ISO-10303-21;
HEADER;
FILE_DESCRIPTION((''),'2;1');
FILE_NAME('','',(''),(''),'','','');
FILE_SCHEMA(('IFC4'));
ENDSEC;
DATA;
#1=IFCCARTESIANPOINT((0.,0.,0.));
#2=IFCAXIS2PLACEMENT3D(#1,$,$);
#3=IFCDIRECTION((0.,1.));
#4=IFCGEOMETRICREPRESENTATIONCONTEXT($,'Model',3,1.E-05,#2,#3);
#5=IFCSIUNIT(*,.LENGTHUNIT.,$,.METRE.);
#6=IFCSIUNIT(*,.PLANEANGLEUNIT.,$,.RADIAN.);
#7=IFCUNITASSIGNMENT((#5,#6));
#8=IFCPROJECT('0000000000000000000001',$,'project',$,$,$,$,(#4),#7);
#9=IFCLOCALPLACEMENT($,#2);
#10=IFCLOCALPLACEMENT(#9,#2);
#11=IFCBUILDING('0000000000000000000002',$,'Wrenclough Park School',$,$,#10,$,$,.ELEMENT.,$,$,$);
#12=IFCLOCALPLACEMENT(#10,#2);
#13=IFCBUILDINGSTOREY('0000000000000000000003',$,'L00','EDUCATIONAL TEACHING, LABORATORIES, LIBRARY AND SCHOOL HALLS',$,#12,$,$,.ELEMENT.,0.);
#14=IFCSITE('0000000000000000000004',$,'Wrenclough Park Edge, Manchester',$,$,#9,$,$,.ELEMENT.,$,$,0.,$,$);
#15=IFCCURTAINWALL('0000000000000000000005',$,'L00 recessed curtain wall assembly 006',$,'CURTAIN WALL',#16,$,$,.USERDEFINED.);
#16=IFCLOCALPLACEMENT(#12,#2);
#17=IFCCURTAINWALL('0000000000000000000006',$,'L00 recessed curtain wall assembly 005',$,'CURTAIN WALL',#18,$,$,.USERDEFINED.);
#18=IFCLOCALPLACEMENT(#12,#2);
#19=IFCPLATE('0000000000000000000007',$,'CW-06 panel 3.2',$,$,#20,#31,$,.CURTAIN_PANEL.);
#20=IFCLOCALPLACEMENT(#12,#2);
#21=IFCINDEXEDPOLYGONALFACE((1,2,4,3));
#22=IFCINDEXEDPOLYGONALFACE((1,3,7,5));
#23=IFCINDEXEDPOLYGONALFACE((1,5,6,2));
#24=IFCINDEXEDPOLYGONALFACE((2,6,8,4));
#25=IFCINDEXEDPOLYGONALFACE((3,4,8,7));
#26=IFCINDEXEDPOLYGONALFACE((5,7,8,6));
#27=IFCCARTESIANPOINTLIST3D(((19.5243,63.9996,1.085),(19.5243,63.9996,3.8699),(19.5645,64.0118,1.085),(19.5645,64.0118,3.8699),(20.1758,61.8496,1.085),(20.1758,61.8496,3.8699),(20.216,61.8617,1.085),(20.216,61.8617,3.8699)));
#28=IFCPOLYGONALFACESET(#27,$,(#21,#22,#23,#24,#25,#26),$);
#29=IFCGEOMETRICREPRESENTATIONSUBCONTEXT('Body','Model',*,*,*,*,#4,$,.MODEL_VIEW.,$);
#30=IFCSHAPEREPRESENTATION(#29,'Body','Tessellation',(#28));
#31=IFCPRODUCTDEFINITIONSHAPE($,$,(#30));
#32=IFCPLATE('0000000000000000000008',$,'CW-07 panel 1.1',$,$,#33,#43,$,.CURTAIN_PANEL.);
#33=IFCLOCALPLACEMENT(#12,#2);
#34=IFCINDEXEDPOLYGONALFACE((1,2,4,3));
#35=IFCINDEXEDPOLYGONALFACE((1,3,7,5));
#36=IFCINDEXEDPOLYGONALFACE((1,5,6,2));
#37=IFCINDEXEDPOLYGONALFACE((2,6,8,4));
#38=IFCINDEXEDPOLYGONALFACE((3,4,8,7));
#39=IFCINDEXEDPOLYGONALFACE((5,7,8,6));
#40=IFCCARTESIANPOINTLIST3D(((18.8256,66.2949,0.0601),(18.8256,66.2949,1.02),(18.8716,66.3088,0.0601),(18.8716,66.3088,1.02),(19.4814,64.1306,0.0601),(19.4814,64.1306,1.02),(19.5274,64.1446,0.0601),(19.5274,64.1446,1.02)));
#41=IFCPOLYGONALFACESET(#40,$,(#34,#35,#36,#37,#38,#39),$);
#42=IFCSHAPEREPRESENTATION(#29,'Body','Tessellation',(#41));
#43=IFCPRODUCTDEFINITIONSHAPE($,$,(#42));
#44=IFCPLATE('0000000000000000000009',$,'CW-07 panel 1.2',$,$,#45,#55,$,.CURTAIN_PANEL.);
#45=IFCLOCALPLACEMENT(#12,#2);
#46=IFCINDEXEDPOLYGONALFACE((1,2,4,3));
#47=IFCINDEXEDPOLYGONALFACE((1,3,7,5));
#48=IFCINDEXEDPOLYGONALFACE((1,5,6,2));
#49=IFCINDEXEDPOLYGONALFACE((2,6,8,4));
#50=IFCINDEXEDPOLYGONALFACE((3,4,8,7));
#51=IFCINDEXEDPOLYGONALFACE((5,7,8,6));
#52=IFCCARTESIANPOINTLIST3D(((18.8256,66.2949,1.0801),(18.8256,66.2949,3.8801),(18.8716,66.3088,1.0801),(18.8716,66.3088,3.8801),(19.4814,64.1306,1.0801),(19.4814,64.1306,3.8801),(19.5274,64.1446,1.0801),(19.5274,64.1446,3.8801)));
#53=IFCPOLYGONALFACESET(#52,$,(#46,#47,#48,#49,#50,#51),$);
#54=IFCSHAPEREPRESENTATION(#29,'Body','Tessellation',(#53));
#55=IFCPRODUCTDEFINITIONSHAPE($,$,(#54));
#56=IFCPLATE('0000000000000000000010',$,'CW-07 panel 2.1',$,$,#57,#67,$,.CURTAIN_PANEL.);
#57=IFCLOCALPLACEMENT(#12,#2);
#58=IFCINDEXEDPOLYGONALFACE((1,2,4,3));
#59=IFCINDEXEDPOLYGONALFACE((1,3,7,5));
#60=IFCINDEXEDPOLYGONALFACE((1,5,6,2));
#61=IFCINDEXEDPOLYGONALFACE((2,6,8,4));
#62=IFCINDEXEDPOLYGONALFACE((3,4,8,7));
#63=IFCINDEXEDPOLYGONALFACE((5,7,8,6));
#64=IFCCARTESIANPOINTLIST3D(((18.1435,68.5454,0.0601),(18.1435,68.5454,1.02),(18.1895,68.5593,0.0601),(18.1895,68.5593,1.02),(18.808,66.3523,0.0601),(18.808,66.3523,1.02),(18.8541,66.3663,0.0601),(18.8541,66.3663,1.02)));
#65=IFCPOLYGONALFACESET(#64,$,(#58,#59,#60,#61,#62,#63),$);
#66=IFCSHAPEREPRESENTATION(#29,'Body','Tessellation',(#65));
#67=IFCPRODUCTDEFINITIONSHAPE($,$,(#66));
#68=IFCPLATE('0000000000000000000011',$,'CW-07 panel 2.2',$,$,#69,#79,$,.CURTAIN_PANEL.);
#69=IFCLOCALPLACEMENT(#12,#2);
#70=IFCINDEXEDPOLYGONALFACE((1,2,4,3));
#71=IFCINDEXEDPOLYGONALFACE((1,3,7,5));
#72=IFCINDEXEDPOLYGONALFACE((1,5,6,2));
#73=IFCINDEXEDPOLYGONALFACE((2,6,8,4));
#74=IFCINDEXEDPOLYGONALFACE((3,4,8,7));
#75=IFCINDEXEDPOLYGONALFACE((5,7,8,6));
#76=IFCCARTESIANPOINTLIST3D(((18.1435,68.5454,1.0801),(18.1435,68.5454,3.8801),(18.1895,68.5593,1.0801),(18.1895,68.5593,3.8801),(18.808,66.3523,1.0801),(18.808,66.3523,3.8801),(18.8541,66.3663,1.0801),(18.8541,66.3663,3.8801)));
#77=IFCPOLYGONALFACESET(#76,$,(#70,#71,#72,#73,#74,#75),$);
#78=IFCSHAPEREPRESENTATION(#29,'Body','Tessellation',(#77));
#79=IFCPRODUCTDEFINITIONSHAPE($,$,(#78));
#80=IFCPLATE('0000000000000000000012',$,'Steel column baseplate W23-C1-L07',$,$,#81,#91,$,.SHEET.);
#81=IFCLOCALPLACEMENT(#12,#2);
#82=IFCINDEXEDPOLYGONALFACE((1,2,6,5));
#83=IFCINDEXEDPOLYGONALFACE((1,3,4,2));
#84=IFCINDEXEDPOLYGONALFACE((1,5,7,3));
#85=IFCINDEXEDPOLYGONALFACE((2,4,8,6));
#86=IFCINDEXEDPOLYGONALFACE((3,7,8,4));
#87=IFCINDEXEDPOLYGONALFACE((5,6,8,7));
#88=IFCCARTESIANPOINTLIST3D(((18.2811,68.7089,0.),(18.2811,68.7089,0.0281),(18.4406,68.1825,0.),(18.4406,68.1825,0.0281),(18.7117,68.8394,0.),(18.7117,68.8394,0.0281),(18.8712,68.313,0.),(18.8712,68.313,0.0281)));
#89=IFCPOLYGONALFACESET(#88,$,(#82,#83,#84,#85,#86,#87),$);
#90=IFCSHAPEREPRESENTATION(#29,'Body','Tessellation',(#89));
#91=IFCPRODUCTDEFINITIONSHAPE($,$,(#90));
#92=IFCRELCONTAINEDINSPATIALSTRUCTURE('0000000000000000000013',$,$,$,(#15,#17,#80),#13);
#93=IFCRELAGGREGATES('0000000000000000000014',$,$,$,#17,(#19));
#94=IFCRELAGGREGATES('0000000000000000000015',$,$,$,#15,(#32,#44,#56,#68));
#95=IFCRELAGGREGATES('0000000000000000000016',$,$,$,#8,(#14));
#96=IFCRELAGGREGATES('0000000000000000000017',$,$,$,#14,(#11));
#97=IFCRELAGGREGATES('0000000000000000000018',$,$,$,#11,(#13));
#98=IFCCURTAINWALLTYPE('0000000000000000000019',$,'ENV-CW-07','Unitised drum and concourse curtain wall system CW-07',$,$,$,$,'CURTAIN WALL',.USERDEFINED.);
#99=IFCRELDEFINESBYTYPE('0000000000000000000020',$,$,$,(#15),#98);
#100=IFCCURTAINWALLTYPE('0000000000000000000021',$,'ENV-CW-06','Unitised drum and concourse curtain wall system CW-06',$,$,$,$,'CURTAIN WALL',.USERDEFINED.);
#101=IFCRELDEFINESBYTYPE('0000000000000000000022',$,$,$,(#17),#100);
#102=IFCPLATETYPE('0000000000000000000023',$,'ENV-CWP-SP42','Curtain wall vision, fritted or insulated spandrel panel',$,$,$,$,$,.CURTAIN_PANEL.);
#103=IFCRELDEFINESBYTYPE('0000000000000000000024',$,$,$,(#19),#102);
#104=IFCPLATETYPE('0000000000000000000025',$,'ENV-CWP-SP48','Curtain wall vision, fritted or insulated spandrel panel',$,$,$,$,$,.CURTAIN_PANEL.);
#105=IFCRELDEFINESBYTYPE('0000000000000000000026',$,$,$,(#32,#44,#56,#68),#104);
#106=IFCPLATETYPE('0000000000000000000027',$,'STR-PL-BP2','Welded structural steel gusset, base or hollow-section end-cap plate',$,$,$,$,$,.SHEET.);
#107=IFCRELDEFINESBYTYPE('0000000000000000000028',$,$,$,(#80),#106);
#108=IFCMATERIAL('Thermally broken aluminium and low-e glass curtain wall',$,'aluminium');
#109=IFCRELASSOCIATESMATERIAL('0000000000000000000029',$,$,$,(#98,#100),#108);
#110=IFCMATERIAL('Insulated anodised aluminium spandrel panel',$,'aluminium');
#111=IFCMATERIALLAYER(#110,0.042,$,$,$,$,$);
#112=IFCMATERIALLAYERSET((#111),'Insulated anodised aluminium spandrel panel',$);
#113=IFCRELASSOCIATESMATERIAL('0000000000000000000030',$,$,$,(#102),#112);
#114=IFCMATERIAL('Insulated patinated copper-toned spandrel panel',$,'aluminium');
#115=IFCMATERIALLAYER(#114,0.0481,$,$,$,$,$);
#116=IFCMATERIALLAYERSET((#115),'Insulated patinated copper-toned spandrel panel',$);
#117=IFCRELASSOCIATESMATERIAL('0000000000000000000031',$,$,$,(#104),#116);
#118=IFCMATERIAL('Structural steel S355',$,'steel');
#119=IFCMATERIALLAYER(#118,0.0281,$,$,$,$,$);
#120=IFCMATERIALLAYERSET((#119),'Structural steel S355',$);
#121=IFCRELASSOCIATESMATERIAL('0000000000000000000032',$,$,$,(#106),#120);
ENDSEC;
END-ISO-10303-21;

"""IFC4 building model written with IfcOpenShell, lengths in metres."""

from ifc_helpers import new_model, si_unit, direction, frame, origin, origin_2d, place, context, subcontext, project, spatial, rectangle, extrude, material, layer, layer_set, type_object, element, aggregate, save


model = new_model("IFC4")

# Units and contexts
model_context = context("Model", 3, precision=1e-05, world=origin(), true_north=direction((0.0, 1.0)))
body_context = subcontext(model_context, "Body", "Model", "MODEL_VIEW")
ifc_project = project(units=[si_unit("LENGTHUNIT", "METRE"), si_unit("PLANEANGLEUNIT", "RADIAN")], contexts=[model_context])

# Site, building, storey
site_placement = place(None, origin())
site = spatial("IfcSite", under=ifc_project, at=site_placement, Name="Wrenclough Park Edge, Manchester", CompositionType="ELEMENT", RefElevation=0.0)
building_placement = place(site_placement, origin())
building = spatial("IfcBuilding", under=site, at=building_placement, Name="Wrenclough Park School", CompositionType="ELEMENT")
storey_placement = place(building_placement, origin())
storey = spatial("IfcBuildingStorey", under=building, at=storey_placement, Name="L00", Description="EDUCATIONAL TEACHING, LABORATORIES, LIBRARY AND SCHOOL HALLS", CompositionType="ELEMENT", Elevation=0.0)

# Shared definitions
ifc_material_1 = material(Name="Structural steel S355", Category="steel")

# Curtain walls
ifc_material_2 = material(Name="Thermally broken aluminium and low-e glass curtain wall", Category="aluminium")
curtain_wall_type_1 = type_object("IfcCurtainWallType", Name="ENV-CW-07", Description="Unitised drum and concourse curtain wall system CW-07", ElementType="CURTAIN WALL", PredefinedType="USERDEFINED", material=ifc_material_2)
curtain_wall_1_placement = place(storey_placement, origin())
curtain_wall_1 = element("IfcCurtainWall", 1, at=curtain_wall_1_placement, inside=storey, type_object=curtain_wall_type_1, Name="L00 recessed curtain wall assembly 006", ObjectType="CURTAIN WALL", PredefinedType="USERDEFINED")
curtain_wall_type_2 = type_object("IfcCurtainWallType", Name="ENV-CW-06", Description="Unitised drum and concourse curtain wall system CW-06", ElementType="CURTAIN WALL", PredefinedType="USERDEFINED", material=ifc_material_2)
curtain_wall_2_placement = place(storey_placement, origin())
curtain_wall_2 = element("IfcCurtainWall", 2, at=curtain_wall_2_placement, inside=storey, type_object=curtain_wall_type_2, Name="L00 recessed curtain wall assembly 005", ObjectType="CURTAIN WALL", PredefinedType="USERDEFINED")

# Plates
ifc_material_3 = material(Name="Insulated anodised aluminium spandrel panel", Category="aluminium")
ifc_layer_1 = layer(ifc_material_3, 0.042)
ifc_layer_set_1 = layer_set([ifc_layer_1], Name="Insulated anodised aluminium spandrel panel")
plate_type_1 = type_object("IfcPlateType", Name="ENV-CWP-SP42", Description="Curtain wall vision, fritted or insulated spandrel panel", PredefinedType="CURTAIN_PANEL", material=ifc_layer_set_1)
plate_1_placement = place(storey_placement, frame((19.8701, 62.9307, 1.085), z_axis=(0.0, 0.0, 1.0), x_axis=(-0.289988, 0.95703, 0.0)))
plate_1 = element("IfcPlate", 3, at=plate_1_placement, type_object=plate_type_1, Name="CW-06 panel 3.2", PredefinedType="CURTAIN_PANEL", context=body_context, shape_type="SweptSolid", body=[
    extrude(rectangle(XDim=2.2466, YDim=0.042, at=origin_2d()), origin(), (0.0, 0.0, 1.0), 2.7849),
])
aggregate(curtain_wall_2, [plate_1])
ifc_material_4 = material(Name="Insulated patinated copper-toned spandrel panel", Category="aluminium")
ifc_layer_2 = layer(ifc_material_4, 0.0481)
ifc_layer_set_2 = layer_set([ifc_layer_2], Name="Insulated patinated copper-toned spandrel panel")
plate_type_2 = type_object("IfcPlateType", Name="ENV-CWP-SP48", Description="Curtain wall vision, fritted or insulated spandrel panel", PredefinedType="CURTAIN_PANEL", material=ifc_layer_set_2)
plate_2_placement = place(storey_placement, frame((19.1765, 65.2197, 0.0601), z_axis=(0.0, 0.0, 1.0), x_axis=(-0.290001, 0.957026, 0.0)))
plate_2 = element("IfcPlate", 4, at=plate_2_placement, type_object=plate_type_2, Name="CW-07 panel 1.1", PredefinedType="CURTAIN_PANEL", context=body_context, shape_type="SweptSolid", body=[
    extrude(rectangle(XDim=2.2615, YDim=0.0481, at=origin_2d()), origin(), (0.0, 0.0, 1.0), 0.96),
])
plate_3_placement = place(storey_placement, frame((19.1765, 65.2197, 1.0801), z_axis=(0.0, 0.0, 1.0), x_axis=(-0.290001, 0.957026, 0.0)))
plate_3 = element("IfcPlate", 5, at=plate_3_placement, type_object=plate_type_2, Name="CW-07 panel 1.2", PredefinedType="CURTAIN_PANEL", context=body_context, shape_type="SweptSolid", body=[
    extrude(rectangle(XDim=2.2615, YDim=0.0481, at=origin_2d()), origin(), (0.0, 0.0, 1.0), 2.8),
])
plate_4_placement = place(storey_placement, frame((18.4988, 67.4558, 0.0601), z_axis=(0.0, 0.0, 1.0), x_axis=(-0.290001, 0.957026, 0.0)))
plate_4 = element("IfcPlate", 6, at=plate_4_placement, type_object=plate_type_2, Name="CW-07 panel 2.1", PredefinedType="CURTAIN_PANEL", context=body_context, shape_type="SweptSolid", body=[
    extrude(rectangle(XDim=2.2915, YDim=0.0481, at=origin_2d()), origin(), (0.0, 0.0, 1.0), 0.96),
])
plate_5_placement = place(storey_placement, frame((18.4988, 67.4558, 1.0801), z_axis=(0.0, 0.0, 1.0), x_axis=(-0.290001, 0.957026, 0.0)))
plate_5 = element("IfcPlate", 7, at=plate_5_placement, type_object=plate_type_2, Name="CW-07 panel 2.2", PredefinedType="CURTAIN_PANEL", context=body_context, shape_type="SweptSolid", body=[
    extrude(rectangle(XDim=2.2915, YDim=0.0481, at=origin_2d()), origin(), (0.0, 0.0, 1.0), 2.8),
])
aggregate(curtain_wall_1, [plate_2, plate_3, plate_4, plate_5])
ifc_layer_3 = layer(ifc_material_1, 0.0281)
ifc_layer_set_3 = layer_set([ifc_layer_3], Name="Structural steel S355")
plate_type_3 = type_object("IfcPlateType", Name="STR-PL-BP2", Description="Welded structural steel gusset, base or hollow-section end-cap plate", PredefinedType="SHEET", material=ifc_layer_set_3)
plate_6_placement = place(storey_placement, frame((18.5762, 68.511, 0.0), z_axis=(0.0, 0.0, 1.0), x_axis=(-0.290034, 0.957016, 0.0)))
element("IfcPlate", 8, at=plate_6_placement, inside=storey, type_object=plate_type_3, Name="Steel column baseplate W23-C1-L07", PredefinedType="SHEET", context=body_context, shape_type="SweptSolid", body=[
    extrude(rectangle(XDim=0.55, YDim=0.45, at=origin_2d()), origin(), (0.0, 0.0, 1.0), 0.0281),
])

save(model, "model.ifc")
